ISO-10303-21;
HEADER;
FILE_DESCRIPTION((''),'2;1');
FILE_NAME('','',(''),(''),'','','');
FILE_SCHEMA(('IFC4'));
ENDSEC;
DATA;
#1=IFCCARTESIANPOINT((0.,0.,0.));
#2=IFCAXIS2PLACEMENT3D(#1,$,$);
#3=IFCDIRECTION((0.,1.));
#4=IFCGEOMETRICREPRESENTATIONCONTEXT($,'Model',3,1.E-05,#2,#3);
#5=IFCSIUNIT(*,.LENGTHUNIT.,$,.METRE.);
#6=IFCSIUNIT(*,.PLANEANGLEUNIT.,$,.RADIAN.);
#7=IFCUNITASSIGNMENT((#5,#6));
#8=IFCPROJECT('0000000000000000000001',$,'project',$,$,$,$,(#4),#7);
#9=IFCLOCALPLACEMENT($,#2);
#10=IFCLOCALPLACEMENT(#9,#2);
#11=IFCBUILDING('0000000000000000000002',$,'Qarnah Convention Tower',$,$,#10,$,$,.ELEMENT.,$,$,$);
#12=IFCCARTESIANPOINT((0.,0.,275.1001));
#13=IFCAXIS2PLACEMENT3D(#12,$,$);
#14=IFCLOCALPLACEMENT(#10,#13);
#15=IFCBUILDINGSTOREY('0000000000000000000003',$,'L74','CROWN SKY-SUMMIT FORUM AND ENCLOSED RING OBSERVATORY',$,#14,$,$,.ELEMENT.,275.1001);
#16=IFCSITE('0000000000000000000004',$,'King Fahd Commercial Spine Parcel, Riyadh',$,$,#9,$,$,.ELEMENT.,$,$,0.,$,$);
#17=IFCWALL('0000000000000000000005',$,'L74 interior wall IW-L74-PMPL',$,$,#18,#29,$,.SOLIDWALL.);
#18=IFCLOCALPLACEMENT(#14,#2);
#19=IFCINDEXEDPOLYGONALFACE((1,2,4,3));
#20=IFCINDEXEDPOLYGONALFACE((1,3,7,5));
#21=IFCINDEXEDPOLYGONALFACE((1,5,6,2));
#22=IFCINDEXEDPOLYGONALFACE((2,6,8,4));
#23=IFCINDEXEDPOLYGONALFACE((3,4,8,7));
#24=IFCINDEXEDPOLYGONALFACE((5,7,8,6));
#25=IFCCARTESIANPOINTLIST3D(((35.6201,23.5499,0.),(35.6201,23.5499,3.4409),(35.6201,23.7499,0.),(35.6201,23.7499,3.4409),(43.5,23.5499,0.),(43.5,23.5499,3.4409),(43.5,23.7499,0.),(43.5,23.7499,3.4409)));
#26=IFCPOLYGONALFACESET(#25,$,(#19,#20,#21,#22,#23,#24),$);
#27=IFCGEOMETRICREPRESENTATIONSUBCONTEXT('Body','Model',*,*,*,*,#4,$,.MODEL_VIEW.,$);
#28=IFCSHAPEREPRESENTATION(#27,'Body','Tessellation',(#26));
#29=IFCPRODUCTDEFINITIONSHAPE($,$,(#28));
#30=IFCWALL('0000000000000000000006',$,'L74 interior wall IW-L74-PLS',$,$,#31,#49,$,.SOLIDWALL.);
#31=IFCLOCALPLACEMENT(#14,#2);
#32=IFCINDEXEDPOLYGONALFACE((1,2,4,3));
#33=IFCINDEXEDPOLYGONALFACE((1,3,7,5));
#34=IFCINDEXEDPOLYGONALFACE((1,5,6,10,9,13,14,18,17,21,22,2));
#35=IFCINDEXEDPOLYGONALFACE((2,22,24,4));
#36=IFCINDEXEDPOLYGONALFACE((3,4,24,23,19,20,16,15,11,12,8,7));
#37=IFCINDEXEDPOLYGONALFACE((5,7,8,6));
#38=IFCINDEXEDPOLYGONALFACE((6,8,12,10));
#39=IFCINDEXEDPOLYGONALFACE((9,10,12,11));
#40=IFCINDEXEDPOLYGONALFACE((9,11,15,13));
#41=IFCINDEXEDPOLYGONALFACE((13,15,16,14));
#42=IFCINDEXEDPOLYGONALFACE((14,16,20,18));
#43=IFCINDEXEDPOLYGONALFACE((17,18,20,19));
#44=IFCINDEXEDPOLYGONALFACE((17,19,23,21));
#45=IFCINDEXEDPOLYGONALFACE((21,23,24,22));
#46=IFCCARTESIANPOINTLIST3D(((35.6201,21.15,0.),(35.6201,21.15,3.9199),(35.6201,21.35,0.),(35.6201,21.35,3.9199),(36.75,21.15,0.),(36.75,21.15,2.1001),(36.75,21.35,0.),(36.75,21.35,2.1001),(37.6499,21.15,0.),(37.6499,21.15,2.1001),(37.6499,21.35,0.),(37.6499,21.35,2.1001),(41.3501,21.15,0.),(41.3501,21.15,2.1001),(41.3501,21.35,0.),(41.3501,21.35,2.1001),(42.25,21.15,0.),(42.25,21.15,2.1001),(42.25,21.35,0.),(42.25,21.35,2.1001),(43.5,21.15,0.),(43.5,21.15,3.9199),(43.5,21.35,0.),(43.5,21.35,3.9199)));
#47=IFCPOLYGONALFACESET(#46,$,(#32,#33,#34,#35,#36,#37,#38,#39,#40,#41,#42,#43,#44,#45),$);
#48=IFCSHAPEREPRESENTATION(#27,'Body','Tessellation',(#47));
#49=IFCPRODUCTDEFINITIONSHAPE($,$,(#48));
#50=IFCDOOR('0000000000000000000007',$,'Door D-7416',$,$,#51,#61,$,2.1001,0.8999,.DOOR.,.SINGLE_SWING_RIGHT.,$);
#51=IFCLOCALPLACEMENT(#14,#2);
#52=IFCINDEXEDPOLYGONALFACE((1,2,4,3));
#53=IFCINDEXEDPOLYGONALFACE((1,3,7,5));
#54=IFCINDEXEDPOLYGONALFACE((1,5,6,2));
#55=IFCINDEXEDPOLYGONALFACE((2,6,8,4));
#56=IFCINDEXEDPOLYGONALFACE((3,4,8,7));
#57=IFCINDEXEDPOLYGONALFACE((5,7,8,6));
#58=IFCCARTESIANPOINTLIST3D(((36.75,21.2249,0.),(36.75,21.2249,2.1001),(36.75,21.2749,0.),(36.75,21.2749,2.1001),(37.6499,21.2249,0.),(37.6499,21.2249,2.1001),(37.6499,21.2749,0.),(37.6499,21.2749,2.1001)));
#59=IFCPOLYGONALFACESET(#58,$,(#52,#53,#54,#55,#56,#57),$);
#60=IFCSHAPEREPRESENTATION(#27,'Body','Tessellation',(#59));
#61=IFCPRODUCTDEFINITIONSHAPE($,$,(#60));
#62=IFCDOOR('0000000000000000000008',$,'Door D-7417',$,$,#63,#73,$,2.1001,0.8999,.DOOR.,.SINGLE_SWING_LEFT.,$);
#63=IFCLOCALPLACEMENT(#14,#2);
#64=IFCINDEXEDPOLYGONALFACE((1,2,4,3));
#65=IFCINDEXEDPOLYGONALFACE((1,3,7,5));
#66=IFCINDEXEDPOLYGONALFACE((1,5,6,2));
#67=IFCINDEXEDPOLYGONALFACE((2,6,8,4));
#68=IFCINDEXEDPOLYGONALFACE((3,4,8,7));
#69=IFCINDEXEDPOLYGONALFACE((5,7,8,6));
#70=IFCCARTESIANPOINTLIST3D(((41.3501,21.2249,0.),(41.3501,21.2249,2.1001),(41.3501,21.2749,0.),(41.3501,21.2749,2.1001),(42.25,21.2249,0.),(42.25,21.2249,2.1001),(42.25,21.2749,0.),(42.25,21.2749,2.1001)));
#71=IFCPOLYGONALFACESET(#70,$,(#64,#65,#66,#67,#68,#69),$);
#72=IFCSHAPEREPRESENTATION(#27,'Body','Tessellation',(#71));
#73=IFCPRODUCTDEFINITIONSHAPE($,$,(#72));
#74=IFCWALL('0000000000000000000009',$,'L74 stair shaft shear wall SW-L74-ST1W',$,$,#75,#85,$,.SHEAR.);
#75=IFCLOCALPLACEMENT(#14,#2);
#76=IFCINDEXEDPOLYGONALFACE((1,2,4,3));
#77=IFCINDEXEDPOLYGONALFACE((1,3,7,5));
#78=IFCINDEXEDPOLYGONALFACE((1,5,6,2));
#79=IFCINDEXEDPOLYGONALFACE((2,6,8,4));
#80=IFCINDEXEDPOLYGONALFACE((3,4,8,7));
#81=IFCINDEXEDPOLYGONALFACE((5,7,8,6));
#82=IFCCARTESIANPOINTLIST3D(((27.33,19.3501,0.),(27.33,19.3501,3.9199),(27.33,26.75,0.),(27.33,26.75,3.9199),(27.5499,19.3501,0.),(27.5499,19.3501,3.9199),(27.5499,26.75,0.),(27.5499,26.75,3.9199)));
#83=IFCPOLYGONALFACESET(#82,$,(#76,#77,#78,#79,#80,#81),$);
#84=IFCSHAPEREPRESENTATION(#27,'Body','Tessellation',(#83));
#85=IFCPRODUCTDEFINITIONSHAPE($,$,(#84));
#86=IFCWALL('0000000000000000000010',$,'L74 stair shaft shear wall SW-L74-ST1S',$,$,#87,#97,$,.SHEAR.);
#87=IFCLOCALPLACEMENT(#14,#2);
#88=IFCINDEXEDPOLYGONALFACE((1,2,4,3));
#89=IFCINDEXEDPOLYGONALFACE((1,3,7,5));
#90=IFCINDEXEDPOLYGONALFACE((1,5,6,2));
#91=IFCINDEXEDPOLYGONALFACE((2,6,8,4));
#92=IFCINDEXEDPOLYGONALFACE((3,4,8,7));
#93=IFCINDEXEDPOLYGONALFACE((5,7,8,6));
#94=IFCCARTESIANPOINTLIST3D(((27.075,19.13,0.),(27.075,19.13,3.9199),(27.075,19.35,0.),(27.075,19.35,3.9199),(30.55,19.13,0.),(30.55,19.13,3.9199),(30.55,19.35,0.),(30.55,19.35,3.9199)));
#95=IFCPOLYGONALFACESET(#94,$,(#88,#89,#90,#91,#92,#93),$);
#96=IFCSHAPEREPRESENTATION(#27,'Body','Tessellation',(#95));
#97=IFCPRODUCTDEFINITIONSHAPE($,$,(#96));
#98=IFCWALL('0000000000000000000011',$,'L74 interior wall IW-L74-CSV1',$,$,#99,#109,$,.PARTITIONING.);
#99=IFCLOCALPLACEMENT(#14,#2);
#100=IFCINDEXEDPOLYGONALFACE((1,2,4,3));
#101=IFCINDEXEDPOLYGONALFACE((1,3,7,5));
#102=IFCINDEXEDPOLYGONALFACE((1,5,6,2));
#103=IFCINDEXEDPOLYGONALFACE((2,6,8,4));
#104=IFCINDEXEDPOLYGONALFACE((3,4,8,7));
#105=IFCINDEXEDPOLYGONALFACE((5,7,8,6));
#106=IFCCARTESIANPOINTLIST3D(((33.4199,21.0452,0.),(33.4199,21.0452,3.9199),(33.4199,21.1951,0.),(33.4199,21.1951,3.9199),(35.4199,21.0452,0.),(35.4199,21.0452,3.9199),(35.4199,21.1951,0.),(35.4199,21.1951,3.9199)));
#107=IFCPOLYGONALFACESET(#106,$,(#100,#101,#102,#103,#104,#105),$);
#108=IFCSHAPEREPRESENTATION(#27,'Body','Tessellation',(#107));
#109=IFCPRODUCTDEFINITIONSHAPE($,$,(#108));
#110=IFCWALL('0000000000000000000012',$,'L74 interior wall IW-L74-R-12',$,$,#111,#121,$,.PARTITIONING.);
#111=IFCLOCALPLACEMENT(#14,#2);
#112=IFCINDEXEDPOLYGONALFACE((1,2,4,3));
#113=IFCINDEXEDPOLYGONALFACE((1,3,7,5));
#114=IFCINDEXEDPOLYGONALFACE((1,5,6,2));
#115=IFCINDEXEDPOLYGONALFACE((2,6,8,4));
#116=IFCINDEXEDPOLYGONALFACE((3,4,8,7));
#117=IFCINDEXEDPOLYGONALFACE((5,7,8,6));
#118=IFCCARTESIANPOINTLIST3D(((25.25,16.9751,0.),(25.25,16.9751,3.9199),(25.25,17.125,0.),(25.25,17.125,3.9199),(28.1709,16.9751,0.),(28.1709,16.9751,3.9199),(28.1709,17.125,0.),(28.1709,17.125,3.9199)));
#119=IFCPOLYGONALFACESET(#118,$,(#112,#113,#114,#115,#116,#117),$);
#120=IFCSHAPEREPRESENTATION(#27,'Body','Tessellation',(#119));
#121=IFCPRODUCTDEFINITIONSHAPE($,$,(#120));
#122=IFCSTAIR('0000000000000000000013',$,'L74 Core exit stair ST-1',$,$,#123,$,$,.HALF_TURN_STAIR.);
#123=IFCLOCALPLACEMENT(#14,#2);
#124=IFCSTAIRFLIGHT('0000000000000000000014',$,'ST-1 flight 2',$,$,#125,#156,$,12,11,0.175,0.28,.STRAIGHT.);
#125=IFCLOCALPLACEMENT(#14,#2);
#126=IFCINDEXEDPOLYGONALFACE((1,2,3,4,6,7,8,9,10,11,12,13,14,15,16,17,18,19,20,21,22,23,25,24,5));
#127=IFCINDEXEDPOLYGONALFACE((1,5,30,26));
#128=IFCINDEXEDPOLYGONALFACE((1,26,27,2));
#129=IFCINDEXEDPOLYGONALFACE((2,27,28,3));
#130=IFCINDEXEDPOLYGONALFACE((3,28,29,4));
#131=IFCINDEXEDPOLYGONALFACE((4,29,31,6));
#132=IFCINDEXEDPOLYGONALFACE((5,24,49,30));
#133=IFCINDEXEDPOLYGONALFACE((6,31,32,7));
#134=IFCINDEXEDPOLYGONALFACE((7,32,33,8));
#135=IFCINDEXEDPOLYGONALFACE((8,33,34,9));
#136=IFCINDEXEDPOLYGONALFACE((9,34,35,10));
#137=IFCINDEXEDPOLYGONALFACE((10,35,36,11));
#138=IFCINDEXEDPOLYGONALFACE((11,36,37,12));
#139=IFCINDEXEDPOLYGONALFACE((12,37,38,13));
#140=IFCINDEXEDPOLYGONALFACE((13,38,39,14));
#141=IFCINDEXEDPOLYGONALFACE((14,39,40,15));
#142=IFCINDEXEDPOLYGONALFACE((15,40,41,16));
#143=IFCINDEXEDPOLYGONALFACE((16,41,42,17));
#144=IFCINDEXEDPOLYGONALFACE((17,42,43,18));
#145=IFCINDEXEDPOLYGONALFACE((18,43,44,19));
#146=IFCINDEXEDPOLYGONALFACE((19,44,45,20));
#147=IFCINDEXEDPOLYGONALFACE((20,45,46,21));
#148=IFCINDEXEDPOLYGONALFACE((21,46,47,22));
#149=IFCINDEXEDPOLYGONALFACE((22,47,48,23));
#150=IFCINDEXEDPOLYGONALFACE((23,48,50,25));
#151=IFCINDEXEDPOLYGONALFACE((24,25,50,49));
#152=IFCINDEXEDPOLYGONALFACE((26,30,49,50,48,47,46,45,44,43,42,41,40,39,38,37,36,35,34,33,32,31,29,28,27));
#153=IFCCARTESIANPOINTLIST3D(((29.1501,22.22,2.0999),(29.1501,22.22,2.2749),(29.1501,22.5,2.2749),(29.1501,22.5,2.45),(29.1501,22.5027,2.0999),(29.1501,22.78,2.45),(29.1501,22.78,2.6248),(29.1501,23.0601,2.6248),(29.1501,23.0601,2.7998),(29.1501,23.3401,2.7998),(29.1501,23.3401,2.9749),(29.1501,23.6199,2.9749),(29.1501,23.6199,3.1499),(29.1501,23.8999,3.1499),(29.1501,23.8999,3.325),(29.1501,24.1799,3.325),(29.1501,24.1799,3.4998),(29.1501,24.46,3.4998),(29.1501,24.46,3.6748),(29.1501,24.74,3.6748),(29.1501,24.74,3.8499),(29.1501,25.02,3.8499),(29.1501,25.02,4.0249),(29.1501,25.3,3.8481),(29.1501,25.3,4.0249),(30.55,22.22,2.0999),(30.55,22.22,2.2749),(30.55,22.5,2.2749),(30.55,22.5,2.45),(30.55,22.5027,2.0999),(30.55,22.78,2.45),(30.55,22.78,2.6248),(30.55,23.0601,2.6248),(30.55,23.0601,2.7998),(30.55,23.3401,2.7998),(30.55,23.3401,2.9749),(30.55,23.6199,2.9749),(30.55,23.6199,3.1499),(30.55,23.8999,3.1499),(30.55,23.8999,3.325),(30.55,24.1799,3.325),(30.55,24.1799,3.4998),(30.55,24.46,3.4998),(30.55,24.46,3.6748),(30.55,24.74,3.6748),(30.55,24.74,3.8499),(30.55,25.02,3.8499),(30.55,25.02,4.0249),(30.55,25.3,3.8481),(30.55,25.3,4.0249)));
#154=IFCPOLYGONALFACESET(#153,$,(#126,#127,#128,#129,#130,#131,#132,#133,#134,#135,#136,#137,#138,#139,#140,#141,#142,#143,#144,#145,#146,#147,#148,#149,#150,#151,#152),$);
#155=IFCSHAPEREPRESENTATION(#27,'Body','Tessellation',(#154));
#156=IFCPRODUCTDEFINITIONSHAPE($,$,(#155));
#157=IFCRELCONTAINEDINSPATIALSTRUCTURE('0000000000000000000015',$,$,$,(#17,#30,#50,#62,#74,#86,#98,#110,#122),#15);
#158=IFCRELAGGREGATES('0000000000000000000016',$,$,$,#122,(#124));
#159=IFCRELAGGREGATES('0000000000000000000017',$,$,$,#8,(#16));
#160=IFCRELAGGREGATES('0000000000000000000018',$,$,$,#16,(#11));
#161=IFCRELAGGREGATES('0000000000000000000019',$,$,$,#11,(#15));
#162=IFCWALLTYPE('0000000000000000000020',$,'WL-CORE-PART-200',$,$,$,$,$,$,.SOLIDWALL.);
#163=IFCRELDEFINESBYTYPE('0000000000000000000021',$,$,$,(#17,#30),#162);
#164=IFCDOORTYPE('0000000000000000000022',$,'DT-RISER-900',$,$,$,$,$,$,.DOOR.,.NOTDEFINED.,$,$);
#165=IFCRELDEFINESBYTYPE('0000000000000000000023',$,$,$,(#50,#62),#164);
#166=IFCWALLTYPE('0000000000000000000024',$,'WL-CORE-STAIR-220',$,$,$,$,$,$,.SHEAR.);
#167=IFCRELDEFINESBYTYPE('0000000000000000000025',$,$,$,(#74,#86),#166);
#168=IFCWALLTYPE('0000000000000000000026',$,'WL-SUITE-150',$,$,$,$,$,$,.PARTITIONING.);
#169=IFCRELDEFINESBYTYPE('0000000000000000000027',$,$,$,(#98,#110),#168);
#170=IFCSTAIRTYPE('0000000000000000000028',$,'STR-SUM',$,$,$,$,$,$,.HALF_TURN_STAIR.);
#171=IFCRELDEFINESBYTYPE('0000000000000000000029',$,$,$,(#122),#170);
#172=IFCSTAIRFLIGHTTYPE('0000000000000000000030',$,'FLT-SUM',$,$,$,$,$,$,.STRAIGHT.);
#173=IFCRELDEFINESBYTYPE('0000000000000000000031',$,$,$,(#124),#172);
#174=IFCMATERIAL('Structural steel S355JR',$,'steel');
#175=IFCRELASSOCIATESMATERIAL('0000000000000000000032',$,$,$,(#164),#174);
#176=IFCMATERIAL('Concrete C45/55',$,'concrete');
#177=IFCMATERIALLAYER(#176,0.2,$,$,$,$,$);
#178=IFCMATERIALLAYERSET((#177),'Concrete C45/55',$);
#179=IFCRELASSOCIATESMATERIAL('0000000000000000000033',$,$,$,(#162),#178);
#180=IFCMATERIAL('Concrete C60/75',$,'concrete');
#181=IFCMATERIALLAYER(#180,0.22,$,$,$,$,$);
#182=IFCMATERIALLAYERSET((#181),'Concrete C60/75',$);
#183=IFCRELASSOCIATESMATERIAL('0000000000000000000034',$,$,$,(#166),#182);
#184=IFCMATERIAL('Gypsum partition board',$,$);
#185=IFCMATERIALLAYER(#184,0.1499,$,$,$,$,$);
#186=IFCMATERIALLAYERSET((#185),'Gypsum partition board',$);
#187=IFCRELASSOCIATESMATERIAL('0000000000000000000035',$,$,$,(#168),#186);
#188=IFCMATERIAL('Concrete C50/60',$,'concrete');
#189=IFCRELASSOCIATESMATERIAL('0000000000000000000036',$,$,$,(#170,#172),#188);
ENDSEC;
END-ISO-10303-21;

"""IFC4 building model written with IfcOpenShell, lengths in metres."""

from ifc_helpers import new_model, si_unit, direction, frame, frame_2d, origin, place, context, subcontext, project, spatial, polyline, rectangle, outline, extrude, material, layer, layer_set, type_object, element, fill, aggregate, save


model = new_model("IFC4")

# Units and contexts
model_context = context("Model", 3, precision=1e-05, world=origin(), true_north=direction((0.0, 1.0)))
body_context = subcontext(model_context, "Body", "Model", "MODEL_VIEW")
ifc_project = project(units=[si_unit("LENGTHUNIT", "METRE"), si_unit("PLANEANGLEUNIT", "RADIAN")], contexts=[model_context])

# Site, building, storey
site_placement = place(None, origin())
site = spatial("IfcSite", under=ifc_project, at=site_placement, Name="King Fahd Commercial Spine Parcel, Riyadh", CompositionType="ELEMENT", RefElevation=0.0)
building_placement = place(site_placement, origin())
building = spatial("IfcBuilding", under=site, at=building_placement, Name="Qarnah Convention Tower", CompositionType="ELEMENT")
storey_placement = place(building_placement, frame((0.0, 0.0, 275.1001)))
storey = spatial("IfcBuildingStorey", under=building, at=storey_placement, Name="L74", Description="CROWN SKY-SUMMIT FORUM AND ENCLOSED RING OBSERVATORY", CompositionType="ELEMENT", Elevation=275.1001)

# Shared definitions
ifc_material_1 = material(Name="Concrete C50/60", Category="concrete")

# Shared definitions
ifc_material_2 = material(Name="Structural steel S355JR", Category="steel")

# Shared definitions
ifc_material_3 = material(Name="Concrete C60/75", Category="concrete")
door_type_1 = type_object("IfcDoorType", Name="DT-RISER-900", OperationType="NOTDEFINED", PredefinedType="DOOR", material=ifc_material_2)
ifc_material_4 = material(Name="Concrete C45/55", Category="concrete")
ifc_layer_1 = layer(ifc_material_4, 0.2)
ifc_layer_set_1 = layer_set([ifc_layer_1], Name="Concrete C45/55")
wall_type_1 = type_object("IfcWallType", Name="WL-CORE-PART-200", PredefinedType="SOLIDWALL", material=ifc_layer_set_1)

# Wall
wall_1_placement = place(storey_placement, frame((35.6201, 23.6499, 0.0), z_axis=(0.0, 0.0, 1.0), x_axis=(1.0, 0.0, 0.0)))
element("IfcWall", 1, at=wall_1_placement, inside=storey, type_object=wall_type_1, Name="L74 interior wall IW-L74-PMPL", PredefinedType="SOLIDWALL", context=body_context, shape_type="SweptSolid", body=[
    extrude(rectangle(XDim=7.8799, YDim=0.2, at=frame_2d((3.9399, 0.0))), origin(), (0.0, 0.0, 1.0), 3.4409),
])

# Wall, openings, doors
wall_2_placement = place(storey_placement, frame((35.6201, 21.25, 0.0), z_axis=(0.0, 0.0, 1.0), x_axis=(1.0, 0.0, 0.0)))
wall_2 = element("IfcWall", 2, at=wall_2_placement, inside=storey, type_object=wall_type_1, Name="L74 interior wall IW-L74-PLS", PredefinedType="SOLIDWALL", context=body_context, shape_type="SweptSolid", body=[
    extrude(rectangle(XDim=7.8799, YDim=0.2, at=frame_2d((3.9399, 0.0))), origin(), (0.0, 0.0, 1.0), 3.9199),
])
opening_1_placement = place(wall_2_placement, frame((1.1299, 0.0, 0.0)))
opening_1 = element("IfcOpeningElement", 3, at=opening_1_placement, cuts=wall_2, PredefinedType="OPENING", context=body_context, shape_type="SweptSolid", body=[
    extrude(rectangle(XDim=0.8999, YDim=2.1001, at=frame_2d((0.45, 1.05))), frame((0.0, 0.1099, 0.0), z_axis=(0.0, -1.0, 0.0), x_axis=(1.0, 0.0, 0.0)), (0.0, 0.0, 1.0), 0.22),
])
opening_2_placement = place(wall_2_placement, frame((5.73, 0.0, 0.0)))
opening_2 = element("IfcOpeningElement", 4, at=opening_2_placement, cuts=wall_2, PredefinedType="OPENING", context=body_context, shape_type="SweptSolid", body=[
    extrude(rectangle(XDim=0.8999, YDim=2.1001, at=frame_2d((0.45, 1.05))), frame((0.0, 0.1099, 0.0), z_axis=(0.0, -1.0, 0.0), x_axis=(1.0, 0.0, 0.0)), (0.0, 0.0, 1.0), 0.22),
])
door_1_placement = place(opening_1_placement, origin())
door_1 = element("IfcDoor", 5, at=door_1_placement, inside=storey, type_object=door_type_1, Name="Door D-7416", OperationType="SINGLE_SWING_RIGHT", OverallHeight=2.1001, OverallWidth=0.8999, PredefinedType="DOOR", context=body_context, shape_type="SweptSolid", body=[
    extrude(rectangle(XDim=0.8999, YDim=2.1001, at=frame_2d((0.45, 1.05))), frame((0.0, 0.0249, 0.0), z_axis=(0.0, -1.0, 0.0), x_axis=(1.0, 0.0, 0.0)), (0.0, 0.0, 1.0), 0.05),
])
fill(opening_1, door_1)
door_2_placement = place(opening_2_placement, origin())
door_2 = element("IfcDoor", 6, at=door_2_placement, inside=storey, type_object=door_type_1, Name="Door D-7417", OperationType="SINGLE_SWING_LEFT", OverallHeight=2.1001, OverallWidth=0.8999, PredefinedType="DOOR", context=body_context, shape_type="SweptSolid", body=[
    extrude(rectangle(XDim=0.8999, YDim=2.1001, at=frame_2d((0.45, 1.05))), frame((0.0, 0.0249, 0.0), z_axis=(0.0, -1.0, 0.0), x_axis=(1.0, 0.0, 0.0)), (0.0, 0.0, 1.0), 0.05),
])
fill(opening_2, door_2)

# Walls
ifc_layer_2 = layer(ifc_material_3, 0.22)
ifc_layer_set_2 = layer_set([ifc_layer_2], Name="Concrete C60/75")
wall_type_2 = type_object("IfcWallType", Name="WL-CORE-STAIR-220", PredefinedType="SHEAR", material=ifc_layer_set_2)
wall_3_placement = place(storey_placement, frame((27.4399, 19.3501, 0.0), z_axis=(0.0, 0.0, 1.0), x_axis=(0.0, 1.0, 0.0)))
element("IfcWall", 7, at=wall_3_placement, inside=storey, type_object=wall_type_2, Name="L74 stair shaft shear wall SW-L74-ST1W", PredefinedType="SHEAR", context=body_context, shape_type="SweptSolid", body=[
    extrude(rectangle(XDim=7.3999, YDim=0.22, at=frame_2d((3.7, 0.0))), origin(), (0.0, 0.0, 1.0), 3.9199),
])
wall_4_placement = place(storey_placement, frame((27.075, 19.24, 0.0), z_axis=(0.0, 0.0, 1.0), x_axis=(1.0, 0.0, 0.0)))
element("IfcWall", 8, at=wall_4_placement, inside=storey, type_object=wall_type_2, Name="L74 stair shaft shear wall SW-L74-ST1S", PredefinedType="SHEAR", context=body_context, shape_type="SweptSolid", body=[
    extrude(rectangle(XDim=3.4751, YDim=0.22, at=frame_2d((1.7375, 0.0))), origin(), (0.0, 0.0, 1.0), 3.9199),
])
ifc_material_5 = material(Name="Gypsum partition board")
ifc_layer_3 = layer(ifc_material_5, 0.1499)
ifc_layer_set_3 = layer_set([ifc_layer_3], Name="Gypsum partition board")
wall_type_3 = type_object("IfcWallType", Name="WL-SUITE-150", PredefinedType="PARTITIONING", material=ifc_layer_set_3)
wall_5_placement = place(storey_placement, frame((33.4199, 21.1201, 0.0), z_axis=(0.0, 0.0, 1.0), x_axis=(1.0, 0.0, 0.0)))
element("IfcWall", 9, at=wall_5_placement, inside=storey, type_object=wall_type_3, Name="L74 interior wall IW-L74-CSV1", PredefinedType="PARTITIONING", context=body_context, shape_type="SweptSolid", body=[
    extrude(rectangle(XDim=2.0, YDim=0.1499, at=frame_2d((1.0, 0.0))), origin(), (0.0, 0.0, 1.0), 3.9199),
])
wall_6_placement = place(storey_placement, frame((28.1709, 17.05, 0.0), z_axis=(0.0, 0.0, 1.0), x_axis=(-1.0, 0.0, 0.0)))
element("IfcWall", 10, at=wall_6_placement, inside=storey, type_object=wall_type_3, Name="L74 interior wall IW-L74-R-12", PredefinedType="PARTITIONING", context=body_context, shape_type="SweptSolid", body=[
    extrude(rectangle(XDim=2.9209, YDim=0.1499, at=frame_2d((1.4604, 0.0))), origin(), (0.0, 0.0, 1.0), 3.9199),
])

# Stair, stair flight
stair_type = type_object("IfcStairType", Name="STR-SUM", PredefinedType="HALF_TURN_STAIR", material=ifc_material_1)
stair_placement = place(storey_placement, origin())
stair = element("IfcStair", 11, at=stair_placement, inside=storey, type_object=stair_type, Name="L74 Core exit stair ST-1", PredefinedType="HALF_TURN_STAIR")
stair_flight_type = type_object("IfcStairFlightType", Name="FLT-SUM", PredefinedType="STRAIGHT", material=ifc_material_1)
stair_flight_placement = place(storey_placement, frame((29.8501, 22.22, 2.0999), z_axis=(0.0, 0.0, 1.0), x_axis=(0.0, 1.0, 0.0)))
stair_flight = element("IfcStairFlight", 12, at=stair_flight_placement, type_object=stair_flight_type, Name="ST-1 flight 2", NumberOfRisers=12, NumberOfTreads=11, PredefinedType="STRAIGHT", RiserHeight=0.175, TreadLength=0.28, context=body_context, shape_type="SweptSolid", body=[
    extrude(outline(polyline([(0.0, 0.0), (0.0, 0.175), (0.28, 0.175), (0.28, 0.3501), (0.5601, 0.3501), (0.5601, 0.5249), (0.8401, 0.5249), (0.8401, 0.7), (1.1201, 0.7), (1.1201, 0.875), (1.3999, 0.875), (1.3999, 1.05), (1.6799, 1.05), (1.6799, 1.2251), (1.96, 1.2251), (1.96, 1.3999), (2.24, 1.3999), (2.24, 1.575), (2.52, 1.575), (2.52, 1.75), (2.8, 1.75), (2.8, 1.925), (3.0801, 1.925), (3.0801, 2.1001), (3.0801, 1.7483), (0.2827, 0.0), (0.0, 0.0)])), frame((0.0, 0.7, 0.0), z_axis=(0.0, -1.0, 0.0), x_axis=(1.0, 0.0, 0.0)), (0.0, 0.0, 1.0), 1.3999),
])
aggregate(stair, [stair_flight])

save(model, "model.ifc")
